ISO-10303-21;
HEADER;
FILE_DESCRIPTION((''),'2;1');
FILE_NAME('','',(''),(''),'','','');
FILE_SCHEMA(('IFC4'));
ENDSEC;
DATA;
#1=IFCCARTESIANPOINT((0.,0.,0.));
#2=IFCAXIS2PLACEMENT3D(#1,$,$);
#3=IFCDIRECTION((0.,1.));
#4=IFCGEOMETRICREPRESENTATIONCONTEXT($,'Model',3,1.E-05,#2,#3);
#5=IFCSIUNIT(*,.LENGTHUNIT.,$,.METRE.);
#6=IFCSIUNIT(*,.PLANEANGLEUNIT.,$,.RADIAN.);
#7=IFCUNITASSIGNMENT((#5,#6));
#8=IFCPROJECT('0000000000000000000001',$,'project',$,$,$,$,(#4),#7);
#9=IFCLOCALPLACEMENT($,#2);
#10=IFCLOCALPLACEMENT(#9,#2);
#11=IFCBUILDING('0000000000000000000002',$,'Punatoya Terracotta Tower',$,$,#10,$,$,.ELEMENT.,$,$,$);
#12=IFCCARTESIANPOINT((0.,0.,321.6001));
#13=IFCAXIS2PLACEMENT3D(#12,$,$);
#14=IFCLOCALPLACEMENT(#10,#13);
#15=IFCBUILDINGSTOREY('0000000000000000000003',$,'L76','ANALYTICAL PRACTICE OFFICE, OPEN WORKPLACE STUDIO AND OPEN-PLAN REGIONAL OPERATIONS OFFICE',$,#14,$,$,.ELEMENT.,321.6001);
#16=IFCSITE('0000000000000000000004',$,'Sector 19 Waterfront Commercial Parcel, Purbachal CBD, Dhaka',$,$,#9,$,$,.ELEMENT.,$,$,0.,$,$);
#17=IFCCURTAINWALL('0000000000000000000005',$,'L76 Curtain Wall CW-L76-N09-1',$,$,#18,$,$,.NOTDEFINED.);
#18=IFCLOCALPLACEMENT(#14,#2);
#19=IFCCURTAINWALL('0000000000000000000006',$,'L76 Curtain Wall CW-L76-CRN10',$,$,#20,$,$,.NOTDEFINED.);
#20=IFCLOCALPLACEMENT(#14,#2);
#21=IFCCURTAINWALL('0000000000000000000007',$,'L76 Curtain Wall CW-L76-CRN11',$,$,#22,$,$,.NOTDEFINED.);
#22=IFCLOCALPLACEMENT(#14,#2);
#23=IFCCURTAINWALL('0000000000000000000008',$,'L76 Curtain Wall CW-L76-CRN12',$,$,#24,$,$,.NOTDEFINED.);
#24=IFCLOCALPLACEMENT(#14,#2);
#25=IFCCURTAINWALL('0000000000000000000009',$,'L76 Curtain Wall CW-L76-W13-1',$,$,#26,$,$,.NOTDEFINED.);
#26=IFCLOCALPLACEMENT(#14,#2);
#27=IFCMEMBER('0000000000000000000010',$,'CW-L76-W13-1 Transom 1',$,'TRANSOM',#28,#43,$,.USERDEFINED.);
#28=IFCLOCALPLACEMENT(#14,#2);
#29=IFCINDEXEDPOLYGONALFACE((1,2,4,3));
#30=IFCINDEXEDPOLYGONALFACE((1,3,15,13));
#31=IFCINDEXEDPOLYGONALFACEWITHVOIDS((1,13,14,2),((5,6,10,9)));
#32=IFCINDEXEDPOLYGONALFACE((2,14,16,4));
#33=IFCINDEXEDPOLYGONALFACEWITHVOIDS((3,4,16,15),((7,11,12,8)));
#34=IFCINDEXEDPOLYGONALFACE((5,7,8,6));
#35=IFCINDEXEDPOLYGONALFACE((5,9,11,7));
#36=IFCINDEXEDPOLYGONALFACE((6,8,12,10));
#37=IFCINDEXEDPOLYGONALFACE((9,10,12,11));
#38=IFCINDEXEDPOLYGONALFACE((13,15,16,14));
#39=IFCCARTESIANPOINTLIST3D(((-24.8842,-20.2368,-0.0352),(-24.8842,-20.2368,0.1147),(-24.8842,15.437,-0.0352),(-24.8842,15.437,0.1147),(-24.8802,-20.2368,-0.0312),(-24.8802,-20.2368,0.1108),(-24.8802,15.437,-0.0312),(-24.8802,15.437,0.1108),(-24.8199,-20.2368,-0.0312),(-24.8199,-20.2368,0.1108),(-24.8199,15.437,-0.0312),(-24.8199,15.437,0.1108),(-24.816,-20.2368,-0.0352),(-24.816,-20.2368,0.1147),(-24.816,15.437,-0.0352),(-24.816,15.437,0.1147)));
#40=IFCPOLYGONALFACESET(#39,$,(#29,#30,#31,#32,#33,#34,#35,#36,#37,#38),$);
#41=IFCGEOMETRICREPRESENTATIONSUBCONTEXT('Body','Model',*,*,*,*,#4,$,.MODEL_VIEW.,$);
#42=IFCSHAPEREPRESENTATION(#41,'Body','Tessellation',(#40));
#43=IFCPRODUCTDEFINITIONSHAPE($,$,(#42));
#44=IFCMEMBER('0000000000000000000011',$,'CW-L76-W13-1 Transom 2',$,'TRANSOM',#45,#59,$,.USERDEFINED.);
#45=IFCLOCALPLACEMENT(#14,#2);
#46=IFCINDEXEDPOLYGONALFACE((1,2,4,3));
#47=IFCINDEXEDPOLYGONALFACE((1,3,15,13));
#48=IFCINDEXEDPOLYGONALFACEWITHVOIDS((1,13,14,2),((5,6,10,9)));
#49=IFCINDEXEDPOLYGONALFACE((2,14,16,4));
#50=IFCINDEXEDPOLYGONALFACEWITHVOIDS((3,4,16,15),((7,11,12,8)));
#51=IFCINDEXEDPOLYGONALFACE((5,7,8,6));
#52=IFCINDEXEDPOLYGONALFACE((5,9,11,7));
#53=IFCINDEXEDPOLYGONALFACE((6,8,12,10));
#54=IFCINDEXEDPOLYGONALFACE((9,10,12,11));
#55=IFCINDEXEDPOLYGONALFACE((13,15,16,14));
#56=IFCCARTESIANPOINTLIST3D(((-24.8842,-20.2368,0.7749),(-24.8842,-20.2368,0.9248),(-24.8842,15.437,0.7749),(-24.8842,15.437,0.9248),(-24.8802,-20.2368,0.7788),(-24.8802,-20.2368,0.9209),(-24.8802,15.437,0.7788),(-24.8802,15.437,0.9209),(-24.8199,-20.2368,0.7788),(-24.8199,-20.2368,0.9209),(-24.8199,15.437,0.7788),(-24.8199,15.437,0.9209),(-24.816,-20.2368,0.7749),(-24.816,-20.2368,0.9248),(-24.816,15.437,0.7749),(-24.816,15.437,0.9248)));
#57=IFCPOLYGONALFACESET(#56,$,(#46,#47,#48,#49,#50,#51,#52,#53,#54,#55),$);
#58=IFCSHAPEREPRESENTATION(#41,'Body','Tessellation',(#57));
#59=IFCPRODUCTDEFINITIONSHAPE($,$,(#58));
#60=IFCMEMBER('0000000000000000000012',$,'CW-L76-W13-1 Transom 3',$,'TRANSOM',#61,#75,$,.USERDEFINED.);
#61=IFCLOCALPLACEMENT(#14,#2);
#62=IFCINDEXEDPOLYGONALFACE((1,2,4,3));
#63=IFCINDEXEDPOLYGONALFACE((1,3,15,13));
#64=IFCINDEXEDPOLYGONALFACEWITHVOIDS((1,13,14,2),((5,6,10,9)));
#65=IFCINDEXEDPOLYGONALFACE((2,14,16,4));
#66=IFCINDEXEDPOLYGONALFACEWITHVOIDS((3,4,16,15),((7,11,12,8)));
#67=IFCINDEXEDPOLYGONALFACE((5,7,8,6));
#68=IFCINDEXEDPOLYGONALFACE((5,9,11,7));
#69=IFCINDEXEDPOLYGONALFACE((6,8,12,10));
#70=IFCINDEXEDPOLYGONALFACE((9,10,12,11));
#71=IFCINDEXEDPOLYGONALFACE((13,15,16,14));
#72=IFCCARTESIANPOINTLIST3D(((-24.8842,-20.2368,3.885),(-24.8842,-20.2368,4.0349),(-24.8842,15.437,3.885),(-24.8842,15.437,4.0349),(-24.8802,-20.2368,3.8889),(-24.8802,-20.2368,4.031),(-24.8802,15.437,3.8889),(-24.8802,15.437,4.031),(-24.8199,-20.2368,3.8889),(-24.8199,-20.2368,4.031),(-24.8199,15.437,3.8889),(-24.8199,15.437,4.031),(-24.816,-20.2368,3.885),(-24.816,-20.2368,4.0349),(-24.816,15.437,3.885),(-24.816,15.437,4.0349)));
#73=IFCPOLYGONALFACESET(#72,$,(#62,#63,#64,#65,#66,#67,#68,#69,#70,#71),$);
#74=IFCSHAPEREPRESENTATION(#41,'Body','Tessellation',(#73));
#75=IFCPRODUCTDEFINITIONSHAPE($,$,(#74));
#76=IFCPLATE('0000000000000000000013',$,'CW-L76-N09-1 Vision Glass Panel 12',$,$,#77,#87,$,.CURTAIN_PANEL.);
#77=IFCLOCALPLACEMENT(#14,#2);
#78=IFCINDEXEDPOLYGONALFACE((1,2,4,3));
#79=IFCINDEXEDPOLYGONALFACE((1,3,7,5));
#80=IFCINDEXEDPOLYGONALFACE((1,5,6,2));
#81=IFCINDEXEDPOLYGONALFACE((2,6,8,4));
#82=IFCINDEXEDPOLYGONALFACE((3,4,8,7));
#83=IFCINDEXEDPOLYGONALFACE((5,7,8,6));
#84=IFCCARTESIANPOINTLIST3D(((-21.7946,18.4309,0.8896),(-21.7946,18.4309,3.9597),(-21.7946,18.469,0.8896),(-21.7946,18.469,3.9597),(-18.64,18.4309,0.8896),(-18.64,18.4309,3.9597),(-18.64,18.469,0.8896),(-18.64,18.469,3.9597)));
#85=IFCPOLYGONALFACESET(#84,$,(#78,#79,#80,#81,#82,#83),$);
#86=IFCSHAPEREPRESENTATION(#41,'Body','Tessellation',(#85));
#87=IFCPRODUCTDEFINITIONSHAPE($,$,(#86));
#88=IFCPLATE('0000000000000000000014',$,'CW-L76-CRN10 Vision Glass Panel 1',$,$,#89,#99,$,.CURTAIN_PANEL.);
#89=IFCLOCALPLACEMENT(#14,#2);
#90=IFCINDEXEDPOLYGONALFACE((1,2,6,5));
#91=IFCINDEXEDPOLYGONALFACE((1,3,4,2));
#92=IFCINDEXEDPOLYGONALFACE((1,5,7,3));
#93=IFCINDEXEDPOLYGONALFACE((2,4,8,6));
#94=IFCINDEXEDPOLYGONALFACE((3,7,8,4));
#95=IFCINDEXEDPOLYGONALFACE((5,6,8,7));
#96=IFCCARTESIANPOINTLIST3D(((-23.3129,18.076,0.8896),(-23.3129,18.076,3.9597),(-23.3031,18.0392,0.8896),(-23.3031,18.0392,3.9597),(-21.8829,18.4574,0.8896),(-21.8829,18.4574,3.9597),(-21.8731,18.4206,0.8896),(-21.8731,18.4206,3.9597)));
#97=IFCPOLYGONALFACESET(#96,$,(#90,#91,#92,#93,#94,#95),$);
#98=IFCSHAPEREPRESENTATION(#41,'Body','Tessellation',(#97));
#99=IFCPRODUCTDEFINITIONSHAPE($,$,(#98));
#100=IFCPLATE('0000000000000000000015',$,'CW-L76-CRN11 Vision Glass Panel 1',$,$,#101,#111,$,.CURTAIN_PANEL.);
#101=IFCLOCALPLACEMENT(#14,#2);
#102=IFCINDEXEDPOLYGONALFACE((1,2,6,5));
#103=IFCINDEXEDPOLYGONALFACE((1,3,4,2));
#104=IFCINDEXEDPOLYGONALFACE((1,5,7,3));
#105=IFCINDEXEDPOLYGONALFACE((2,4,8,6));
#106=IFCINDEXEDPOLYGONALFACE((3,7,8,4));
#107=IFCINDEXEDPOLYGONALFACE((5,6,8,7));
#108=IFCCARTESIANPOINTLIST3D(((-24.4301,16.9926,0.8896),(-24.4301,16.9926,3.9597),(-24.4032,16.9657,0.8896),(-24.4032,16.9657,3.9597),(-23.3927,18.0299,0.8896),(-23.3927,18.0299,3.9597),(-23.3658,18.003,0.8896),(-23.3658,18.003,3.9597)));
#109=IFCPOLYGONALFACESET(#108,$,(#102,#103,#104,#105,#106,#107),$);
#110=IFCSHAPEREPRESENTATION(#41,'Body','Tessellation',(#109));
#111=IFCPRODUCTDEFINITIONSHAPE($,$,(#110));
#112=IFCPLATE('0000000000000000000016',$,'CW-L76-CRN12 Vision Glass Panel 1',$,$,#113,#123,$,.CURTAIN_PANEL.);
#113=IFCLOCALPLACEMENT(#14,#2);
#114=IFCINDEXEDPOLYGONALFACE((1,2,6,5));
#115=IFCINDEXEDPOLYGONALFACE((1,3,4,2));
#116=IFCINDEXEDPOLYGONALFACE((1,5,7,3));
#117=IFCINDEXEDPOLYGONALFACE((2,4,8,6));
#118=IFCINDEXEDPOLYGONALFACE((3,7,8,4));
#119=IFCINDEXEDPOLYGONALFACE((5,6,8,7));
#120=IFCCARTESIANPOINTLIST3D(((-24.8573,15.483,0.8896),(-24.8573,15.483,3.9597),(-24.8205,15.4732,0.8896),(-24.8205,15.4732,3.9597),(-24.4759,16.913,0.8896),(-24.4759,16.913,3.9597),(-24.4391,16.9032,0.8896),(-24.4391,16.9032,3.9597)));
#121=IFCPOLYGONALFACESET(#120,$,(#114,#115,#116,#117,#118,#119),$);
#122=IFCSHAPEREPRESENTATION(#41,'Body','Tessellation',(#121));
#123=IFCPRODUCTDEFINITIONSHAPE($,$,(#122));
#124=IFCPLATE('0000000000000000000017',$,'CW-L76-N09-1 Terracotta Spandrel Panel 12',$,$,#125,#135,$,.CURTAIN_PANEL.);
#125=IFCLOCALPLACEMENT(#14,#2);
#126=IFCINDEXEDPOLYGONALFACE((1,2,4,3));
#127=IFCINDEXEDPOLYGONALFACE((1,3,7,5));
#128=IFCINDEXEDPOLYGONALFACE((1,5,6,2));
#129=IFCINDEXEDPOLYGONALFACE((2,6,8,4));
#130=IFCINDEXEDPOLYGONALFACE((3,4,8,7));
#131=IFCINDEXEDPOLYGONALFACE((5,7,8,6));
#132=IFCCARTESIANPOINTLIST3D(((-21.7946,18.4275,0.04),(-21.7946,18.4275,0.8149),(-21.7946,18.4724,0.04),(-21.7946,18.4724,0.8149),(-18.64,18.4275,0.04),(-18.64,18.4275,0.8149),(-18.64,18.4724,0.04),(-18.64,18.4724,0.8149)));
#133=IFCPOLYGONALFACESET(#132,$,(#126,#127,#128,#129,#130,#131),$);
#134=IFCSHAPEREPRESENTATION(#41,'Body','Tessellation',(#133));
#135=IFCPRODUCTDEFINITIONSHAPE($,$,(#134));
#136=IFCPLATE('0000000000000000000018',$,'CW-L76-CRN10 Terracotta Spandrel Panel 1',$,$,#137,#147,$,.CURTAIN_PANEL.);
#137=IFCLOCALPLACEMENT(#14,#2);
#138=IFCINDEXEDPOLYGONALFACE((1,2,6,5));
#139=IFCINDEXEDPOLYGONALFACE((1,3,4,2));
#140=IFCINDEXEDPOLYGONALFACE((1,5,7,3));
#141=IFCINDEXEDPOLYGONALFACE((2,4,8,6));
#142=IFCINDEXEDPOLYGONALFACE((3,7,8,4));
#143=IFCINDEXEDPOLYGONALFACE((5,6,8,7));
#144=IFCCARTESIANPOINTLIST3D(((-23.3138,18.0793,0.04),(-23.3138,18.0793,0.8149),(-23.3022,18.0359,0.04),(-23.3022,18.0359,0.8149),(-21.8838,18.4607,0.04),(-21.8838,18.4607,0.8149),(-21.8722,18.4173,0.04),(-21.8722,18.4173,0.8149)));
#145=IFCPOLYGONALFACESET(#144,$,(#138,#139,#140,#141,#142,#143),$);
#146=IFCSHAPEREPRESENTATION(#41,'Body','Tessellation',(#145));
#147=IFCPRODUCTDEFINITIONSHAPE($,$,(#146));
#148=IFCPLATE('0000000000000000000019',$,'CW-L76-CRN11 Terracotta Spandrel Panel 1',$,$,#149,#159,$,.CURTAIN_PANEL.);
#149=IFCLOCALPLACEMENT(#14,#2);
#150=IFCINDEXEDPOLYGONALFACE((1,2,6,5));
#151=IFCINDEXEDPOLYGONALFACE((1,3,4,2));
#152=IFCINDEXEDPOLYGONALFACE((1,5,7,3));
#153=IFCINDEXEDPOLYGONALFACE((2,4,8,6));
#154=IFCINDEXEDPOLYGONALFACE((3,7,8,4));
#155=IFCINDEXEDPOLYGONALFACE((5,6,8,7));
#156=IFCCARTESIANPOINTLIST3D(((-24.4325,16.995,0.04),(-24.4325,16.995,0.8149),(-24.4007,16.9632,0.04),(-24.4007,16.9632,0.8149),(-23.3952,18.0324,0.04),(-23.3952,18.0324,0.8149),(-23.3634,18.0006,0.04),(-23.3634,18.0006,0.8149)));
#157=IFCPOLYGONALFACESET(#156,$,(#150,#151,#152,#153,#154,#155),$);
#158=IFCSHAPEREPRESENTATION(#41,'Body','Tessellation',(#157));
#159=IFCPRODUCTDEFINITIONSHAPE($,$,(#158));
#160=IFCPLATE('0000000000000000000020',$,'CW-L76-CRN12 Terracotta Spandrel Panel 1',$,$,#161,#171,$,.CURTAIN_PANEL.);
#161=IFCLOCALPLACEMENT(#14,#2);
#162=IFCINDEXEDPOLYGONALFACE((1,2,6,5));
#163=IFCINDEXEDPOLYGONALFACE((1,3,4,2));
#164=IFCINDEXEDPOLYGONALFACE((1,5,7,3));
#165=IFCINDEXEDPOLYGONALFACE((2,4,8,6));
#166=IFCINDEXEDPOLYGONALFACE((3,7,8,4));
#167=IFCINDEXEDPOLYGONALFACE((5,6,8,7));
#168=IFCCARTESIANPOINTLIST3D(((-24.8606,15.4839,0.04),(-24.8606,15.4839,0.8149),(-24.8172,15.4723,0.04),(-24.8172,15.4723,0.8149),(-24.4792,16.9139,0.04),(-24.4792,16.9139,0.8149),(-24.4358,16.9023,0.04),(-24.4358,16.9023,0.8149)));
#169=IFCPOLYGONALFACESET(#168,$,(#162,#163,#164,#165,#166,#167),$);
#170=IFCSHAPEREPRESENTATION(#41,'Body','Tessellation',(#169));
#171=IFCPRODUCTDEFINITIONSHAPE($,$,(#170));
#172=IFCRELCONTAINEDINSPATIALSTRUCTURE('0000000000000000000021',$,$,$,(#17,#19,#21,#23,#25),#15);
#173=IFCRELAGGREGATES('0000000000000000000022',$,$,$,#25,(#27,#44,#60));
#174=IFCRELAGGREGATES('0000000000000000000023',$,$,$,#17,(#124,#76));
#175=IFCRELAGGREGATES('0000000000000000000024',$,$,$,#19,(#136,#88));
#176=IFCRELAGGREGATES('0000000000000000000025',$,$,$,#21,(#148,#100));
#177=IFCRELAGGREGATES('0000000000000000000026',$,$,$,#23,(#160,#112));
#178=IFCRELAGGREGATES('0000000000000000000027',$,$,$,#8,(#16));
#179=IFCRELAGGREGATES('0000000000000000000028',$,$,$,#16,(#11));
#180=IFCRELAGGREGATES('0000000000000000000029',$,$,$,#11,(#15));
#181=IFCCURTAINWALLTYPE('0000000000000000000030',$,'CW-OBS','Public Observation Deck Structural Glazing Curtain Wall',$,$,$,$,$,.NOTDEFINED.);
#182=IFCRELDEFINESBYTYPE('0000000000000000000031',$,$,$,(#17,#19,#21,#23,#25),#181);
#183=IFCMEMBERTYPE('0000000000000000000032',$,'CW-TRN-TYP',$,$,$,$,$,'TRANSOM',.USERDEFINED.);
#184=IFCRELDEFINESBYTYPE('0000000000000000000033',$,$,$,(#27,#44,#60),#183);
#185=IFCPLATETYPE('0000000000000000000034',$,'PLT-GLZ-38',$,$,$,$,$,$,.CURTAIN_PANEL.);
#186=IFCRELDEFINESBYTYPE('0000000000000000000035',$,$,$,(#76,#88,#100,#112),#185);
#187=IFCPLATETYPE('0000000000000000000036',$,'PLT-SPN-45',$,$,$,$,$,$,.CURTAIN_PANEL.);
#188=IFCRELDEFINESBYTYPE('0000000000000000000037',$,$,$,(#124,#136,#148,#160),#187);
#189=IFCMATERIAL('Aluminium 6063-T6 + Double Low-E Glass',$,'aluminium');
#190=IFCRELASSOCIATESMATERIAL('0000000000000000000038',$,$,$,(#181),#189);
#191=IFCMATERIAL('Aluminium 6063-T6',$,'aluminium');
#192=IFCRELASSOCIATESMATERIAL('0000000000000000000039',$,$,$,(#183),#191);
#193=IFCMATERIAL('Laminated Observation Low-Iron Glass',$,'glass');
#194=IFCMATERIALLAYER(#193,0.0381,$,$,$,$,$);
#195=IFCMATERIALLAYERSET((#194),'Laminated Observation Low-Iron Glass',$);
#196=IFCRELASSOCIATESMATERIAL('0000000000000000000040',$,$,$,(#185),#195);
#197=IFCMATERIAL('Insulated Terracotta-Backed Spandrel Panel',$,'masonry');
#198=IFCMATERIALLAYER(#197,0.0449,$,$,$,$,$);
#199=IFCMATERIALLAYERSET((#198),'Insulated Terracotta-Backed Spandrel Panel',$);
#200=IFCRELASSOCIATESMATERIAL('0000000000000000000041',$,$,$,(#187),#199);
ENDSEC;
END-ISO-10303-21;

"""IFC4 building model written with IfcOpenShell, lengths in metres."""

from ifc_helpers import new_model, si_unit, direction, frame, origin, origin_2d, place, context, subcontext, project, spatial, rectangle, hollow_rectangle, extrude, material, layer, layer_set, material_profile, profile_set, type_object, element, aggregate, save


model = new_model("IFC4")

# Units and contexts
model_context = context("Model", 3, precision=1e-05, world=origin(), true_north=direction((0.0, 1.0)))
body_context = subcontext(model_context, "Body", "Model", "MODEL_VIEW")
ifc_project = project(units=[si_unit("LENGTHUNIT", "METRE"), si_unit("PLANEANGLEUNIT", "RADIAN")], contexts=[model_context])

# Site, building, storey
site_placement = place(None, origin())
site = spatial("IfcSite", under=ifc_project, at=site_placement, Name="Sector 19 Waterfront Commercial Parcel, Purbachal CBD, Dhaka", CompositionType="ELEMENT", RefElevation=0.0)
building_placement = place(site_placement, origin())
building = spatial("IfcBuilding", under=site, at=building_placement, Name="Punatoya Terracotta Tower", CompositionType="ELEMENT")
storey_placement = place(building_placement, frame((0.0, 0.0, 321.6001)))
storey = spatial("IfcBuildingStorey", under=building, at=storey_placement, Name="L76", Description="ANALYTICAL PRACTICE OFFICE, OPEN WORKPLACE STUDIO AND OPEN-PLAN REGIONAL OPERATIONS OFFICE", CompositionType="ELEMENT", Elevation=321.6001)

# Curtain wall
ifc_material_1 = material(Name="Aluminium 6063-T6 + Double Low-E Glass", Category="aluminium")
curtain_wall_type = type_object("IfcCurtainWallType", Name="CW-OBS", Description="Public Observation Deck Structural Glazing Curtain Wall", PredefinedType="NOTDEFINED", material=ifc_material_1)
curtain_wall_1_placement = place(storey_placement, origin())
curtain_wall_1 = element("IfcCurtainWall", 1, at=curtain_wall_1_placement, inside=storey, type_object=curtain_wall_type, Name="L76 Curtain Wall CW-L76-N09-1", PredefinedType="NOTDEFINED")
ifc_material_2 = material(Name="Aluminium 6063-T6", Category="aluminium")

# Curtain walls
curtain_wall_2_placement = place(storey_placement, origin())
curtain_wall_2 = element("IfcCurtainWall", 2, at=curtain_wall_2_placement, inside=storey, type_object=curtain_wall_type, Name="L76 Curtain Wall CW-L76-CRN10", PredefinedType="NOTDEFINED")
curtain_wall_3_placement = place(storey_placement, origin())
curtain_wall_3 = element("IfcCurtainWall", 3, at=curtain_wall_3_placement, inside=storey, type_object=curtain_wall_type, Name="L76 Curtain Wall CW-L76-CRN11", PredefinedType="NOTDEFINED")
curtain_wall_4_placement = place(storey_placement, origin())
curtain_wall_4 = element("IfcCurtainWall", 4, at=curtain_wall_4_placement, inside=storey, type_object=curtain_wall_type, Name="L76 Curtain Wall CW-L76-CRN12", PredefinedType="NOTDEFINED")

# Shared definitions
ifc_material_profile_1 = material_profile(ifc_material_2, hollow_rectangle(XDim=0.0681, YDim=0.1499, WallThickness=0.0039, at=origin_2d()))
ifc_profile_set_1 = profile_set([ifc_material_profile_1], Name="Aluminium 6063-T6")
member_type_1 = type_object("IfcMemberType", Name="CW-TRN-TYP", ElementType="TRANSOM", PredefinedType="USERDEFINED", material=ifc_profile_set_1)

# Curtain wall, members
curtain_wall_5_placement = place(storey_placement, origin())
curtain_wall_5 = element("IfcCurtainWall", 5, at=curtain_wall_5_placement, inside=storey, type_object=curtain_wall_type, Name="L76 Curtain Wall CW-L76-W13-1", PredefinedType="NOTDEFINED")
member_1_placement = place(storey_placement, frame((-24.8501, 15.437, 0.0398), z_axis=(0.0, -1.0, 0.0), x_axis=(1.0, 0.0, 0.0)))
member_1 = element("IfcMember", 6, at=member_1_placement, type_object=member_type_1, Name="CW-L76-W13-1 Transom 1", ObjectType="TRANSOM", PredefinedType="USERDEFINED", context=body_context, shape_type="SweptSolid", body=[
    extrude(hollow_rectangle(XDim=0.0681, YDim=0.1499, WallThickness=0.0039, at=origin_2d()), origin(), (0.0, 0.0, 1.0), 35.6738),
])
member_2_placement = place(storey_placement, frame((-24.8501, 15.437, 0.8499), z_axis=(0.0, -1.0, 0.0), x_axis=(1.0, 0.0, 0.0)))
member_2 = element("IfcMember", 7, at=member_2_placement, type_object=member_type_1, Name="CW-L76-W13-1 Transom 2", ObjectType="TRANSOM", PredefinedType="USERDEFINED", context=body_context, shape_type="SweptSolid", body=[
    extrude(hollow_rectangle(XDim=0.0681, YDim=0.1499, WallThickness=0.0039, at=origin_2d()), origin(), (0.0, 0.0, 1.0), 35.6738),
])
member_3_placement = place(storey_placement, frame((-24.8501, 15.437, 3.96), z_axis=(0.0, -1.0, 0.0), x_axis=(1.0, 0.0, 0.0)))
member_3 = element("IfcMember", 8, at=member_3_placement, type_object=member_type_1, Name="CW-L76-W13-1 Transom 3", ObjectType="TRANSOM", PredefinedType="USERDEFINED", context=body_context, shape_type="SweptSolid", body=[
    extrude(hollow_rectangle(XDim=0.0681, YDim=0.1499, WallThickness=0.0039, at=origin_2d()), origin(), (0.0, 0.0, 1.0), 35.6738),
])
aggregate(curtain_wall_5, [member_1, member_2, member_3])

# Plates
ifc_material_3 = material(Name="Laminated Observation Low-Iron Glass", Category="glass")
ifc_layer_1 = layer(ifc_material_3, 0.0381)
ifc_layer_set_1 = layer_set([ifc_layer_1], Name="Laminated Observation Low-Iron Glass")
plate_type_1 = type_object("IfcPlateType", Name="PLT-GLZ-38", PredefinedType="CURTAIN_PANEL", material=ifc_layer_set_1)
plate_1_placement = place(storey_placement, frame((-20.2173, 18.45, 0.8896), z_axis=(0.0, 0.0, 1.0), x_axis=(-1.0, 0.0, 0.0)))
plate_1 = element("IfcPlate", 9, at=plate_1_placement, type_object=plate_type_1, Name="CW-L76-N09-1 Vision Glass Panel 12", PredefinedType="CURTAIN_PANEL", context=body_context, shape_type="SweptSolid", body=[
    extrude(rectangle(XDim=3.1545, YDim=0.0381, at=origin_2d()), origin(), (0.0, 0.0, 1.0), 3.0701),
])
plate_2_placement = place(storey_placement, frame((-22.593, 18.2483, 0.8896), z_axis=(0.0, 0.0, 1.0), x_axis=(-0.966214, -0.257742, 0.0)))
plate_2 = element("IfcPlate", 10, at=plate_2_placement, type_object=plate_type_1, Name="CW-L76-CRN10 Vision Glass Panel 1", PredefinedType="CURTAIN_PANEL", context=body_context, shape_type="SweptSolid", body=[
    extrude(rectangle(XDim=1.48, YDim=0.0381, at=origin_2d()), origin(), (0.0, 0.0, 1.0), 3.0701),
])
plate_3_placement = place(storey_placement, frame((-23.8979, 17.4978, 0.8896), z_axis=(0.0, 0.0, 1.0), x_axis=(-0.707107, -0.707107, 0.0)))
plate_3 = element("IfcPlate", 11, at=plate_3_placement, type_object=plate_type_1, Name="CW-L76-CRN11 Vision Glass Panel 1", PredefinedType="CURTAIN_PANEL", context=body_context, shape_type="SweptSolid", body=[
    extrude(rectangle(XDim=1.467, YDim=0.0381, at=origin_2d()), origin(), (0.0, 0.0, 1.0), 3.0701),
])
plate_4_placement = place(storey_placement, frame((-24.6482, 16.1931, 0.8896), z_axis=(0.0, 0.0, 1.0), x_axis=(-0.257742, -0.966214, 0.0)))
plate_4 = element("IfcPlate", 12, at=plate_4_placement, type_object=plate_type_1, Name="CW-L76-CRN12 Vision Glass Panel 1", PredefinedType="CURTAIN_PANEL", context=body_context, shape_type="SweptSolid", body=[
    extrude(rectangle(XDim=1.48, YDim=0.0381, at=origin_2d()), origin(), (0.0, 0.0, 1.0), 3.0701),
])
ifc_material_4 = material(Name="Insulated Terracotta-Backed Spandrel Panel", Category="masonry")
ifc_layer_2 = layer(ifc_material_4, 0.0449)
ifc_layer_set_2 = layer_set([ifc_layer_2], Name="Insulated Terracotta-Backed Spandrel Panel")
plate_type_2 = type_object("IfcPlateType", Name="PLT-SPN-45", PredefinedType="CURTAIN_PANEL", material=ifc_layer_set_2)
plate_5_placement = place(storey_placement, frame((-20.2173, 18.45, 0.04), z_axis=(0.0, 0.0, 1.0), x_axis=(-1.0, 0.0, 0.0)))
plate_5 = element("IfcPlate", 13, at=plate_5_placement, type_object=plate_type_2, Name="CW-L76-N09-1 Terracotta Spandrel Panel 12", PredefinedType="CURTAIN_PANEL", context=body_context, shape_type="SweptSolid", body=[
    extrude(rectangle(XDim=3.1545, YDim=0.0449, at=origin_2d()), origin(), (0.0, 0.0, 1.0), 0.7749),
])
aggregate(curtain_wall_1, [plate_5, plate_1])
plate_6_placement = place(storey_placement, frame((-22.593, 18.2483, 0.04), z_axis=(0.0, 0.0, 1.0), x_axis=(-0.966214, -0.257742, 0.0)))
plate_6 = element("IfcPlate", 14, at=plate_6_placement, type_object=plate_type_2, Name="CW-L76-CRN10 Terracotta Spandrel Panel 1", PredefinedType="CURTAIN_PANEL", context=body_context, shape_type="SweptSolid", body=[
    extrude(rectangle(XDim=1.48, YDim=0.0449, at=origin_2d()), origin(), (0.0, 0.0, 1.0), 0.7749),
])
aggregate(curtain_wall_2, [plate_6, plate_2])
plate_7_placement = place(storey_placement, frame((-23.8979, 17.4978, 0.04), z_axis=(0.0, 0.0, 1.0), x_axis=(-0.707107, -0.707107, 0.0)))
plate_7 = element("IfcPlate", 15, at=plate_7_placement, type_object=plate_type_2, Name="CW-L76-CRN11 Terracotta Spandrel Panel 1", PredefinedType="CURTAIN_PANEL", context=body_context, shape_type="SweptSolid", body=[
    extrude(rectangle(XDim=1.467, YDim=0.0449, at=origin_2d()), origin(), (0.0, 0.0, 1.0), 0.7749),
])
aggregate(curtain_wall_3, [plate_7, plate_3])
plate_8_placement = place(storey_placement, frame((-24.6482, 16.1931, 0.04), z_axis=(0.0, 0.0, 1.0), x_axis=(-0.257742, -0.966214, 0.0)))
plate_8 = element("IfcPlate", 16, at=plate_8_placement, type_object=plate_type_2, Name="CW-L76-CRN12 Terracotta Spandrel Panel 1", PredefinedType="CURTAIN_PANEL", context=body_context, shape_type="SweptSolid", body=[
    extrude(rectangle(XDim=1.48, YDim=0.0449, at=origin_2d()), origin(), (0.0, 0.0, 1.0), 0.7749),
])
aggregate(curtain_wall_4, [plate_8, plate_4])

save(model, "model.ifc")
